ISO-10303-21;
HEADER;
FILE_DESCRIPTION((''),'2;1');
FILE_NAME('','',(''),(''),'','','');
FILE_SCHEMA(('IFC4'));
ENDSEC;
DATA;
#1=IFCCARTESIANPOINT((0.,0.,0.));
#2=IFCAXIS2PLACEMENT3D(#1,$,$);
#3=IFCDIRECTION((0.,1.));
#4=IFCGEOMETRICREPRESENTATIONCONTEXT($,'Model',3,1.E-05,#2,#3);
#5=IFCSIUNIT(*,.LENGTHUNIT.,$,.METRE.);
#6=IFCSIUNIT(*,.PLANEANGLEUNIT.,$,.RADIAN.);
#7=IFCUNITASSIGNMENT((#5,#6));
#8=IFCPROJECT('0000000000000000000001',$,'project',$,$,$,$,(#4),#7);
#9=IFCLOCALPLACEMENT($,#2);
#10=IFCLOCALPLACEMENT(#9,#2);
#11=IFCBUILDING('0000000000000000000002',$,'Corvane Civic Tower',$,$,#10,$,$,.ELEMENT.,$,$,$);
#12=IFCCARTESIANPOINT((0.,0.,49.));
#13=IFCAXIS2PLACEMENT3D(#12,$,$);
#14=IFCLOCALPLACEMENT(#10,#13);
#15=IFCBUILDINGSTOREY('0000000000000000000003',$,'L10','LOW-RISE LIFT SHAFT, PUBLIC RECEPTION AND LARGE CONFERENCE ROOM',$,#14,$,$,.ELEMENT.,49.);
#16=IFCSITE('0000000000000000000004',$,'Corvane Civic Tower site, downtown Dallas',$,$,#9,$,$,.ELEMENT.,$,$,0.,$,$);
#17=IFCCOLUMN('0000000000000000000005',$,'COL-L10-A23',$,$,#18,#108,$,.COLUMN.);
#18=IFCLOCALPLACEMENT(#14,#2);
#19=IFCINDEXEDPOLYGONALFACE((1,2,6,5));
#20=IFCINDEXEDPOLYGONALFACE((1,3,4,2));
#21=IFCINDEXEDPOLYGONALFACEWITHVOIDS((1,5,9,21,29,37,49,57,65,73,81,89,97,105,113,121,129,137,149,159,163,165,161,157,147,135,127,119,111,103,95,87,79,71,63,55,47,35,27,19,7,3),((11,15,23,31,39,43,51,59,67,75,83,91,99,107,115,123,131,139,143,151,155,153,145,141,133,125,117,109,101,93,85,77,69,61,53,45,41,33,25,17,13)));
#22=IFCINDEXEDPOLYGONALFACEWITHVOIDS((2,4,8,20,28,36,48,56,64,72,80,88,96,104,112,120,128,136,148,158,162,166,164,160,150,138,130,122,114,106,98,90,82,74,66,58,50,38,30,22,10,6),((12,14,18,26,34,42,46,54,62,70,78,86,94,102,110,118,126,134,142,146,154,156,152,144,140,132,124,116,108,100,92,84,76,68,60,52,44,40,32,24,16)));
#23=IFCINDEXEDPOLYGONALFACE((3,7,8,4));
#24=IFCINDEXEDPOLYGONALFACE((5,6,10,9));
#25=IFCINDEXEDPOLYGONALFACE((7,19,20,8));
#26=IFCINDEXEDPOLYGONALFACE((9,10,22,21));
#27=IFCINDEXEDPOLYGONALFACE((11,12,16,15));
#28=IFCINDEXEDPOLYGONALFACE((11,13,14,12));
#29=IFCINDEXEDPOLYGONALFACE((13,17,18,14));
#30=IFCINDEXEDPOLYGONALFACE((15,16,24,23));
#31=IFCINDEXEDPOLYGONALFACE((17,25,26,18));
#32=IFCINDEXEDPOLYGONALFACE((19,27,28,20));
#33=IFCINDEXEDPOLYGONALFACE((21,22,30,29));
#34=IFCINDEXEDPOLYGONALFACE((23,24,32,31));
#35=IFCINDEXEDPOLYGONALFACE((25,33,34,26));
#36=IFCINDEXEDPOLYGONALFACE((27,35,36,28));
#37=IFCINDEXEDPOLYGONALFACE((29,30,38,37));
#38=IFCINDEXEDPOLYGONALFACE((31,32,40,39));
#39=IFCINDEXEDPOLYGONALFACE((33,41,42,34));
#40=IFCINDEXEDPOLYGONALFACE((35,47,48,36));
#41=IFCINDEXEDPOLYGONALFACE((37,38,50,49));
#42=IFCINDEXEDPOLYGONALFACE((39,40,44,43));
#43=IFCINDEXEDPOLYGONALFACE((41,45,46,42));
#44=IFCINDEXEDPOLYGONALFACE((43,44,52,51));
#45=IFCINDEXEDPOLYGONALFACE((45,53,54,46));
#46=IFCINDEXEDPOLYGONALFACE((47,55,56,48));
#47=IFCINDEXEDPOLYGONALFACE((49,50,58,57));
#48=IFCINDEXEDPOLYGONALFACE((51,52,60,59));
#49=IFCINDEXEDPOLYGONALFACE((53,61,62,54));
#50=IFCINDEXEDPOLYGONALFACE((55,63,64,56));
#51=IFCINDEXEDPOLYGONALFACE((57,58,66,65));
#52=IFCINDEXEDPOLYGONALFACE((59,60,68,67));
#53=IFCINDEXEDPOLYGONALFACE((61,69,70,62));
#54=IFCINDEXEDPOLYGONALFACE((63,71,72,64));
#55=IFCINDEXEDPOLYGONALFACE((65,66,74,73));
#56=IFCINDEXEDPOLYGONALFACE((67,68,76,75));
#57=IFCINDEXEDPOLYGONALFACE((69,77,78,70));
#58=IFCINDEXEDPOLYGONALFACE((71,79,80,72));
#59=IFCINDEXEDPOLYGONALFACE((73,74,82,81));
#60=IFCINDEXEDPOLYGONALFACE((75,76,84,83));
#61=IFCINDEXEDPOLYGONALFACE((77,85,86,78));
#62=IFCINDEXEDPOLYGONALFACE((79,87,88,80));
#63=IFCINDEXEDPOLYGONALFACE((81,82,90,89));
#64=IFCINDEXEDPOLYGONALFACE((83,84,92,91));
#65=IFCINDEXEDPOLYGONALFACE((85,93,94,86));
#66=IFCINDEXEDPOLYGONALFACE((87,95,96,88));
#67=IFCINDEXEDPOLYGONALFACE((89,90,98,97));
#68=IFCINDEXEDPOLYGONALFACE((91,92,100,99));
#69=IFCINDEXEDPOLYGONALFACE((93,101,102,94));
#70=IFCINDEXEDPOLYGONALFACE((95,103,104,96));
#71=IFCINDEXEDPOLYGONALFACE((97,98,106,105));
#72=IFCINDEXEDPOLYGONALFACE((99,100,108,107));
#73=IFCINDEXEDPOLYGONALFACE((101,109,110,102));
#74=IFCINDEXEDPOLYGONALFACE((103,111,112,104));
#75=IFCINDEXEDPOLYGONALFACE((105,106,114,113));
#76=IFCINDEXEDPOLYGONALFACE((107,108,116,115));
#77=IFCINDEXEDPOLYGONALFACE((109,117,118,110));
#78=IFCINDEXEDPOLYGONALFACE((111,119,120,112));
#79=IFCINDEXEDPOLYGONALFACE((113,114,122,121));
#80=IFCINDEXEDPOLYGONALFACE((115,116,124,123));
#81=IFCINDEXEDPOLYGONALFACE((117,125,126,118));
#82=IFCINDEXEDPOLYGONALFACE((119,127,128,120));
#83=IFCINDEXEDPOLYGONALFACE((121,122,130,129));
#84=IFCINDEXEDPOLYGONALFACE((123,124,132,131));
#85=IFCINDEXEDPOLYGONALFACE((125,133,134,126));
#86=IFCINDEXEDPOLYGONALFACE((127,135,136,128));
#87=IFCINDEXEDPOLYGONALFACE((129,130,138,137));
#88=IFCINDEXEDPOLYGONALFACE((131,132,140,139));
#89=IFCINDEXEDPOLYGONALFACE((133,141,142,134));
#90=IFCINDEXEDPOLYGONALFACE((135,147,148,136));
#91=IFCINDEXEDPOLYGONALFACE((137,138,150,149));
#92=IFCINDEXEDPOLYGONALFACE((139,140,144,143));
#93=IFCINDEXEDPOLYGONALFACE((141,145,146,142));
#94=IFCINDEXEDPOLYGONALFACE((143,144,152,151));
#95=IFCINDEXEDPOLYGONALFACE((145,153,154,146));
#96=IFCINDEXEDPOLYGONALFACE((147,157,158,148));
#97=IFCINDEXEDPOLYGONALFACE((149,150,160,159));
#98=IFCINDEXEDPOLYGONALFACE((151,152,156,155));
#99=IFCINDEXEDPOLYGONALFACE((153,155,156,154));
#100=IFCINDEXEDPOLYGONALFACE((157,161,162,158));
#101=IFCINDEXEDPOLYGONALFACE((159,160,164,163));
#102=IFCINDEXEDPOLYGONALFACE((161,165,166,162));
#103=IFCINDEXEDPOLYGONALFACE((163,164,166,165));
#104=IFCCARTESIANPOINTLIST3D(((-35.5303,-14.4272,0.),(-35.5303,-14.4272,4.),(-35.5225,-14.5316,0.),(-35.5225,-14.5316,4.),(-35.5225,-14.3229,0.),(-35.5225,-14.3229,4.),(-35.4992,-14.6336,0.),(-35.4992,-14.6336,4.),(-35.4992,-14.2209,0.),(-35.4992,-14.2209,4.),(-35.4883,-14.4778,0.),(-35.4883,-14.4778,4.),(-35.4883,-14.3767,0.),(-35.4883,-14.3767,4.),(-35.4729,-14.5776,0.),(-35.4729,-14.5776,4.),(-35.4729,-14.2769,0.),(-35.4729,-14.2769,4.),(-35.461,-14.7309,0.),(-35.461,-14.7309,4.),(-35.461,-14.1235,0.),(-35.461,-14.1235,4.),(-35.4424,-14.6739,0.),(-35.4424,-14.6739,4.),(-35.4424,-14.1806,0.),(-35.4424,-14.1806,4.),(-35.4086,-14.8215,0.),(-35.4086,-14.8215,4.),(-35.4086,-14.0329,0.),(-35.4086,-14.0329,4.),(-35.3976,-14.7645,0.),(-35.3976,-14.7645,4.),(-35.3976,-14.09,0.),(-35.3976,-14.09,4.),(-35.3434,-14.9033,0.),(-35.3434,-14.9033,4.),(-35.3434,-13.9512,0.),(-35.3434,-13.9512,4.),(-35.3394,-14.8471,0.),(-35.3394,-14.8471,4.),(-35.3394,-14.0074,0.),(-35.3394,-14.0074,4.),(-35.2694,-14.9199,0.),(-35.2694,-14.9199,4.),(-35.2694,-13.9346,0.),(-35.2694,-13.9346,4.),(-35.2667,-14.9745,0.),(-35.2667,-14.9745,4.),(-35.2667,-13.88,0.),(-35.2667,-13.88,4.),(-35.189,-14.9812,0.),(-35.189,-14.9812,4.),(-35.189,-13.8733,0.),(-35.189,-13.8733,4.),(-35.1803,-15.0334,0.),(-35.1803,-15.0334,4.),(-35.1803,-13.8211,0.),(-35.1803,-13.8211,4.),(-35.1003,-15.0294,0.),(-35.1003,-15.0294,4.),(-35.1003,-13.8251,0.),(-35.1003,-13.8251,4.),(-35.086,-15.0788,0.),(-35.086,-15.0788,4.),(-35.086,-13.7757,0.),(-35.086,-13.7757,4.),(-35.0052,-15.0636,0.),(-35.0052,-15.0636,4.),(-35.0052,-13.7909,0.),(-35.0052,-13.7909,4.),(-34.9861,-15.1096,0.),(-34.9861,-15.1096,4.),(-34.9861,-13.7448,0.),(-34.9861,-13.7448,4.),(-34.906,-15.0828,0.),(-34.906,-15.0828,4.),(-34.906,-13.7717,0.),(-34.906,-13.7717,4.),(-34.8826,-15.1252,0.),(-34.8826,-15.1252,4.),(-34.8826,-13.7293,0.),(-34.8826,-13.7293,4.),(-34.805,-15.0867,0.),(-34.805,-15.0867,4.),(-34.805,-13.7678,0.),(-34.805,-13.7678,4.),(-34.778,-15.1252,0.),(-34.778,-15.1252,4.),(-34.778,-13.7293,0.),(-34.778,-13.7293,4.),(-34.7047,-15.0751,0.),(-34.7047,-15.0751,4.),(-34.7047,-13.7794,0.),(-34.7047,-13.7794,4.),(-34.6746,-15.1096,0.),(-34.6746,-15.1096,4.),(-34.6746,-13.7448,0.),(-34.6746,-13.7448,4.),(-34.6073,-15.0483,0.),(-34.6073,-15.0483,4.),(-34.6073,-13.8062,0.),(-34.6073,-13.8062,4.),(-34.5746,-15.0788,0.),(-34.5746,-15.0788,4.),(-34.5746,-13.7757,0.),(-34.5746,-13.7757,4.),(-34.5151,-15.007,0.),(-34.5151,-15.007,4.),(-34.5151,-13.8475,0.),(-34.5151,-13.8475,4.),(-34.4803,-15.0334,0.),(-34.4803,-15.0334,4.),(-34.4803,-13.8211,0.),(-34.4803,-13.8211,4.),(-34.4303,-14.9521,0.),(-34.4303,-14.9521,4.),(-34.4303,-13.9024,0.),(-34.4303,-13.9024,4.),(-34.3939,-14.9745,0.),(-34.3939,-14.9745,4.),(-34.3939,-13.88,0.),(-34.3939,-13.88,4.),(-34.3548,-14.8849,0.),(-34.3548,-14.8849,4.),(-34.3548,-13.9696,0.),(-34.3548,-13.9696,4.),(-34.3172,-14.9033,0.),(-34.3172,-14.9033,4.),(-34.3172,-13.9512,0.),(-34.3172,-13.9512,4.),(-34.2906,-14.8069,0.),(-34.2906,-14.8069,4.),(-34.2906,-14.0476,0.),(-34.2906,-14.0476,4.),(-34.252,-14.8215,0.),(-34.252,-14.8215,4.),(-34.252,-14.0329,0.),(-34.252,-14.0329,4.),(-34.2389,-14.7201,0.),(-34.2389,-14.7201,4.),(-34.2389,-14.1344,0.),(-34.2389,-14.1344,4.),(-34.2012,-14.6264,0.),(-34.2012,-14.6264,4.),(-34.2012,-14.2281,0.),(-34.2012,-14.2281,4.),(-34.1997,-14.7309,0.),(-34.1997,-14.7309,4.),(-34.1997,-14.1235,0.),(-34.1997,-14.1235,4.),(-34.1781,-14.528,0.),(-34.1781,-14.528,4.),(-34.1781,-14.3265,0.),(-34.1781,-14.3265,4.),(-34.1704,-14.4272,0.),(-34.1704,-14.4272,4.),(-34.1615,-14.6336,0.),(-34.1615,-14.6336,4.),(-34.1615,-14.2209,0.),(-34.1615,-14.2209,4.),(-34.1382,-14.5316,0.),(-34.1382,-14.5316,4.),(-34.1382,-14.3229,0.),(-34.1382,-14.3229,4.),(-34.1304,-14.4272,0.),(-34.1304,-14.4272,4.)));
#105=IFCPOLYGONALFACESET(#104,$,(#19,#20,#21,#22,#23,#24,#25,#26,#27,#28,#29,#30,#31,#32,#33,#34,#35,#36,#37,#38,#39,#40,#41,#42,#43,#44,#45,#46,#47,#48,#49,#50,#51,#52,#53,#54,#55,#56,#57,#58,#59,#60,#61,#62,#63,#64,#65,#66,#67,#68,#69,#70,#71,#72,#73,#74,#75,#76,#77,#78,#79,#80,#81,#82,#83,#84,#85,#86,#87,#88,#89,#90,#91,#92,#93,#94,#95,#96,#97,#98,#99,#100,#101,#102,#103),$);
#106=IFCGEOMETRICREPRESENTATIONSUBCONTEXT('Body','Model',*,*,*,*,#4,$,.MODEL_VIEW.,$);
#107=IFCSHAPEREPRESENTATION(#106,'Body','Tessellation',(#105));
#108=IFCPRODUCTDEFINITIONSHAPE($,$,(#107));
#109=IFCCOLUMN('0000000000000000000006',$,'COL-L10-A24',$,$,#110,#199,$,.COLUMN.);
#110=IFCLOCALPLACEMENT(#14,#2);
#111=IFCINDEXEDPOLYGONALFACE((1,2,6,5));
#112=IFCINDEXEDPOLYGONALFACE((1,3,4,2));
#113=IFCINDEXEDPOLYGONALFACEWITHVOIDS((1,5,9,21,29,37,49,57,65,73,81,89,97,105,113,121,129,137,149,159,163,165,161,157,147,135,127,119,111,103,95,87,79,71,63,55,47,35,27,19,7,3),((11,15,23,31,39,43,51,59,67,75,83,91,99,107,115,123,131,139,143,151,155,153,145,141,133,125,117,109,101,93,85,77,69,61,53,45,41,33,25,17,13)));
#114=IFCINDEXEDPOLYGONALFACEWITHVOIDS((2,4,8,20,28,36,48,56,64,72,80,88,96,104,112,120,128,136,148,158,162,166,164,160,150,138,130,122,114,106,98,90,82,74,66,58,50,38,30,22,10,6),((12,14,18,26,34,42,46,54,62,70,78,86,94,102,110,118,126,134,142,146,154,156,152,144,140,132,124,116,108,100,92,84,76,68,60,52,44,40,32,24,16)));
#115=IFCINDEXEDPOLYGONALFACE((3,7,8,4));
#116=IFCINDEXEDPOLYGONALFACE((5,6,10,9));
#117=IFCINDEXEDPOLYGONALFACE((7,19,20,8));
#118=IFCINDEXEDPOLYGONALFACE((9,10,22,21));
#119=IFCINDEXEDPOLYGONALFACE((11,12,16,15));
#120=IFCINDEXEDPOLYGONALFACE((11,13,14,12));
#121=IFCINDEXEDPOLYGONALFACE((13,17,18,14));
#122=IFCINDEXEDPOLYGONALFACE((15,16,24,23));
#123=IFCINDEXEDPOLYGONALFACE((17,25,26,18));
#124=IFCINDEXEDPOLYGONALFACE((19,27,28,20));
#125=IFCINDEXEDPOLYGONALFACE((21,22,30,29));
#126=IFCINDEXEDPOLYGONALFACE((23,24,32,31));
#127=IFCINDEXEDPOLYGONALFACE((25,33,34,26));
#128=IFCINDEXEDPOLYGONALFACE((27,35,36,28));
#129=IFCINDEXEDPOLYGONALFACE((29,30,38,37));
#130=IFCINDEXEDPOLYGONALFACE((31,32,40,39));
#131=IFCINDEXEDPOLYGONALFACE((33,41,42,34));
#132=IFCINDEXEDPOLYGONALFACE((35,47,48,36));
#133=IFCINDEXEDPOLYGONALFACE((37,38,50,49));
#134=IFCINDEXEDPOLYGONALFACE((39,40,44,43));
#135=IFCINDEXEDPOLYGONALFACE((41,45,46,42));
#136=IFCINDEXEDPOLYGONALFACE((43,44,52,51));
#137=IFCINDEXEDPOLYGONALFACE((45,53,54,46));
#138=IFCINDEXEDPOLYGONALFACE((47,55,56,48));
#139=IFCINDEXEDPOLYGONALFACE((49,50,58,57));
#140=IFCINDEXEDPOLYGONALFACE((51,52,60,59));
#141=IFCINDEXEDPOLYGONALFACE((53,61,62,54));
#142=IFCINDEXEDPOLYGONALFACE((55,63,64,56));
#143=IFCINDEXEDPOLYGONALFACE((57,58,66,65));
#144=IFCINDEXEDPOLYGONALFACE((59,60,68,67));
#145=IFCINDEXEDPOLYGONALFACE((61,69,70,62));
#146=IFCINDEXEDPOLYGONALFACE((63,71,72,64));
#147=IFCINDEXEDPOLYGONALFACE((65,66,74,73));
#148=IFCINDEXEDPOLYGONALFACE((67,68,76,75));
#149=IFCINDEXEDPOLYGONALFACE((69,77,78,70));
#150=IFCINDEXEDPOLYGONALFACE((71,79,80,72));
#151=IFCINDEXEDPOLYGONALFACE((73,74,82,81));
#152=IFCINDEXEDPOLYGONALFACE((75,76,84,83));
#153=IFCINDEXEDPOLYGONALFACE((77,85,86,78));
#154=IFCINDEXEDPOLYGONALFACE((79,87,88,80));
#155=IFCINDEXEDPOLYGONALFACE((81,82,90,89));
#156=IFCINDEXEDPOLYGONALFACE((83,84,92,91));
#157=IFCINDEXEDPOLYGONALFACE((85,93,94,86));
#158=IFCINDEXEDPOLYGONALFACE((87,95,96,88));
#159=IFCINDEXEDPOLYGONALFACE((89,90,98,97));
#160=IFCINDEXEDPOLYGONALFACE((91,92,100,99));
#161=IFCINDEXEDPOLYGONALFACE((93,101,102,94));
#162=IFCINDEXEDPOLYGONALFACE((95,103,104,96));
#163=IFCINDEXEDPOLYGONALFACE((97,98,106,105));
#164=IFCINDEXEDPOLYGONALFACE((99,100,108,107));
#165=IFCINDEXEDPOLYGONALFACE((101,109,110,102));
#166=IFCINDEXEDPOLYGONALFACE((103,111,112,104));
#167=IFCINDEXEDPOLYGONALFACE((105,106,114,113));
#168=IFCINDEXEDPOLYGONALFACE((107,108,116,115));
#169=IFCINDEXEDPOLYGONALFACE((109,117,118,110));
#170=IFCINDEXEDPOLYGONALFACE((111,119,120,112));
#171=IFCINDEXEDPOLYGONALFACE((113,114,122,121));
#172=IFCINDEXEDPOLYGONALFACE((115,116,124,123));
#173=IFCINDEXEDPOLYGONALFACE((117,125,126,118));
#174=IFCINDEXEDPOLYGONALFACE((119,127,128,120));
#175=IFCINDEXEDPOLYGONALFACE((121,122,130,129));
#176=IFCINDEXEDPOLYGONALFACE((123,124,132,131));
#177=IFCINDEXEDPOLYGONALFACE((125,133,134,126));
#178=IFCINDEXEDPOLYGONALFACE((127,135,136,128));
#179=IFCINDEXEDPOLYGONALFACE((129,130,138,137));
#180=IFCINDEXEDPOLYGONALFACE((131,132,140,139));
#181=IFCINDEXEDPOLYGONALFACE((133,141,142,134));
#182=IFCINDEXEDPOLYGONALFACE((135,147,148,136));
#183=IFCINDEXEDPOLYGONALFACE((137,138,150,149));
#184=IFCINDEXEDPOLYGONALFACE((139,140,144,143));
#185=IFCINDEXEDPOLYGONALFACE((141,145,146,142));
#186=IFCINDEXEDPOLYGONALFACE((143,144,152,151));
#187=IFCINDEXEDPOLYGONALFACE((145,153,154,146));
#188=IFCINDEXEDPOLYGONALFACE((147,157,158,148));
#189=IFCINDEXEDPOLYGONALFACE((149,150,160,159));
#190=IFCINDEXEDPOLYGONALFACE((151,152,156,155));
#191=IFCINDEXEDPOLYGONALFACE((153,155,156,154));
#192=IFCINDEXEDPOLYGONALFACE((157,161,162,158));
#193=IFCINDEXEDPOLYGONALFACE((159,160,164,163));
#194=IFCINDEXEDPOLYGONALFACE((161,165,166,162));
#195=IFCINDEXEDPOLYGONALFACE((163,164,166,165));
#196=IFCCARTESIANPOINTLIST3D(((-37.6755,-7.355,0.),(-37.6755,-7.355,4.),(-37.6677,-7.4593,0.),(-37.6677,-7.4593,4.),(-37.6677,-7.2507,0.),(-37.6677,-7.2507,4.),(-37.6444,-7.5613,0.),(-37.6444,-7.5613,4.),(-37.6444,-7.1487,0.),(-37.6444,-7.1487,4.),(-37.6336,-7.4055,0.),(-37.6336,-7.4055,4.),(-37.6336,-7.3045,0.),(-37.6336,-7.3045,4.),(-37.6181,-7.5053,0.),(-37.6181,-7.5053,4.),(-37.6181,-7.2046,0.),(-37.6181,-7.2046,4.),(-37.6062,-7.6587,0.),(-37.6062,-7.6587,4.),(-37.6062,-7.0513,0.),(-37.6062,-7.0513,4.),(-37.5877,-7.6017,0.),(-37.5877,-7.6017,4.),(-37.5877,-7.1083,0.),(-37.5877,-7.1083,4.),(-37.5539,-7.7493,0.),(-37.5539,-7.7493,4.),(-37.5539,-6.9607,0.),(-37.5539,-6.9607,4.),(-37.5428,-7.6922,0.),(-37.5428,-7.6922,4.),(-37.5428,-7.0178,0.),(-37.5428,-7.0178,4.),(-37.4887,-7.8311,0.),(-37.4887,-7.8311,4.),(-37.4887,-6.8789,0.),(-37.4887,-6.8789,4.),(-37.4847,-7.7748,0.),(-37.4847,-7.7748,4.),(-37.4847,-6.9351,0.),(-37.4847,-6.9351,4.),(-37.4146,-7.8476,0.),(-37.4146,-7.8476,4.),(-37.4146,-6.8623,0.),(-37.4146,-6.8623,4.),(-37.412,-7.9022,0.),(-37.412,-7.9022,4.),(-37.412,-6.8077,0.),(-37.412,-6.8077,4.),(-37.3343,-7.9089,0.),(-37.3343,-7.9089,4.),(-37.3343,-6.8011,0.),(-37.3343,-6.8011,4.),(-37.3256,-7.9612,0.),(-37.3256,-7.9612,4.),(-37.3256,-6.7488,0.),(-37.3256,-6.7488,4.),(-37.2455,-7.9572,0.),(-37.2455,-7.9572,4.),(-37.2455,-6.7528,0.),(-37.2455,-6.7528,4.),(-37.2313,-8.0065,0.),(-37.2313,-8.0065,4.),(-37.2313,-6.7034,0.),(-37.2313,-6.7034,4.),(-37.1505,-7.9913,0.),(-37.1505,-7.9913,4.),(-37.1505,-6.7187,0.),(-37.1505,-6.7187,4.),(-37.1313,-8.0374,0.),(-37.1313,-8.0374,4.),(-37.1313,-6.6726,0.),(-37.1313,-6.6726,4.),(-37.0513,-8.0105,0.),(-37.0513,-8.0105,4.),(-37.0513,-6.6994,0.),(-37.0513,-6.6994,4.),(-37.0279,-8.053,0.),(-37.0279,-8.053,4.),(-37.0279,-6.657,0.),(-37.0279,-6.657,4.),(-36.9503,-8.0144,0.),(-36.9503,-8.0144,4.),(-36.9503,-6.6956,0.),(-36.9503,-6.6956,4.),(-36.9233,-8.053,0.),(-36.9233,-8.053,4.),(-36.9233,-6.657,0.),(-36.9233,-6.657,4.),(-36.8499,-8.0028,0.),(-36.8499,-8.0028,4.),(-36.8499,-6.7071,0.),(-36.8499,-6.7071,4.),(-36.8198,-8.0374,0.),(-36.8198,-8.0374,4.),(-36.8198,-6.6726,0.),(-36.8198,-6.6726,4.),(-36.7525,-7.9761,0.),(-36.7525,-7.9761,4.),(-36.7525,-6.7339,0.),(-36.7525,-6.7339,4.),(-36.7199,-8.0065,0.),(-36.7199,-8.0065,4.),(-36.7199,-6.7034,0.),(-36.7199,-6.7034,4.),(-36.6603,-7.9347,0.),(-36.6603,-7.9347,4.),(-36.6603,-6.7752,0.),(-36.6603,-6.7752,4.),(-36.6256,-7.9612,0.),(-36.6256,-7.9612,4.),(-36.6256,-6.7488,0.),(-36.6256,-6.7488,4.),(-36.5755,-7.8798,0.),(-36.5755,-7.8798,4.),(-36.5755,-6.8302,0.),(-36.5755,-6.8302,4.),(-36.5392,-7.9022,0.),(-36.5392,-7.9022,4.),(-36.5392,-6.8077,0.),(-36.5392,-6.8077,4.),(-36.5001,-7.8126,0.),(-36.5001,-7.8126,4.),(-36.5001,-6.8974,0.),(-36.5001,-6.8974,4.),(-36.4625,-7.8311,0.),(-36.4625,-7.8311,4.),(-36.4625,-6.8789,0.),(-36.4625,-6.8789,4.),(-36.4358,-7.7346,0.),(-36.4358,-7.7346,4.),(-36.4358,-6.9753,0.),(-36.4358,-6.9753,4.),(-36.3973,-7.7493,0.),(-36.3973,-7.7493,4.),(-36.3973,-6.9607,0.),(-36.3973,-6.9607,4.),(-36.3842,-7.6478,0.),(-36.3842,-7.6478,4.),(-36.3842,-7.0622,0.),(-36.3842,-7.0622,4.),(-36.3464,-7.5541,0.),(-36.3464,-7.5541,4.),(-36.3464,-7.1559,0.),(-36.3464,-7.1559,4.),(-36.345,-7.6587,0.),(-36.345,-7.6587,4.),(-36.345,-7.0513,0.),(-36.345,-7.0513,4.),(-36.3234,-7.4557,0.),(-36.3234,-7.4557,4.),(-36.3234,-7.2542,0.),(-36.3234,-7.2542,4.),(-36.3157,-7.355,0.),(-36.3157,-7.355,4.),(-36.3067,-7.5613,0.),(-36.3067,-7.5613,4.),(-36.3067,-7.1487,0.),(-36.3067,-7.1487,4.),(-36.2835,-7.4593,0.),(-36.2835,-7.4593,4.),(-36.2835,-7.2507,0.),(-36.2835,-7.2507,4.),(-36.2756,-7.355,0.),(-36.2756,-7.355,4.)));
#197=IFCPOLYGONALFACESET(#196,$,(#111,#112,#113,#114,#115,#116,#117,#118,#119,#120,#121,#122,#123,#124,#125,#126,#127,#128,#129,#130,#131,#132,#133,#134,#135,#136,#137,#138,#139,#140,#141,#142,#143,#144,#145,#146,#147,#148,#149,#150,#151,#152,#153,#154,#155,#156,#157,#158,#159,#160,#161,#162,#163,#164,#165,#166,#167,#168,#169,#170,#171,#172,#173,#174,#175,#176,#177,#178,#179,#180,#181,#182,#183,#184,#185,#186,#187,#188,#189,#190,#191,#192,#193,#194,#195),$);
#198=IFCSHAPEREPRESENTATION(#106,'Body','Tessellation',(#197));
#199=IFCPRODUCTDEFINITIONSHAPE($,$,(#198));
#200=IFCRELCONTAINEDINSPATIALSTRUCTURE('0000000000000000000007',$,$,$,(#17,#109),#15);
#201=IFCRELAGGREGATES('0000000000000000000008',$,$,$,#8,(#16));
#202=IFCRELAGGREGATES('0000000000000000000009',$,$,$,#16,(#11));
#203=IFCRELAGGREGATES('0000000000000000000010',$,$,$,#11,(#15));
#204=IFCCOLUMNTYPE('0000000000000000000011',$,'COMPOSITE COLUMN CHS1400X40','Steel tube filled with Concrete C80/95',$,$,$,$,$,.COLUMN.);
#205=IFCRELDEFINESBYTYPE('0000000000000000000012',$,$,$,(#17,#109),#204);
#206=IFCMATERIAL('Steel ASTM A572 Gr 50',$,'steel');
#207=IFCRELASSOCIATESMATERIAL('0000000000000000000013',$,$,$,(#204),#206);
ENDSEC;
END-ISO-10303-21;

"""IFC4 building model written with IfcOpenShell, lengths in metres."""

from ifc_helpers import new_model, si_unit, direction, frame, origin, origin_2d, place, context, subcontext, project, spatial, hollow_circle, extrude, material, material_profile, profile_set, type_object, element, save


model = new_model("IFC4")

# Units and contexts
model_context = context("Model", 3, precision=1e-05, world=origin(), true_north=direction((0.0, 1.0)))
body_context = subcontext(model_context, "Body", "Model", "MODEL_VIEW")
ifc_project = project(units=[si_unit("LENGTHUNIT", "METRE"), si_unit("PLANEANGLEUNIT", "RADIAN")], contexts=[model_context])

# Site, building, storey
site_placement = place(None, origin())
site = spatial("IfcSite", under=ifc_project, at=site_placement, Name="Corvane Civic Tower site, downtown Dallas", CompositionType="ELEMENT", RefElevation=0.0)
building_placement = place(site_placement, origin())
building = spatial("IfcBuilding", under=site, at=building_placement, Name="Corvane Civic Tower", CompositionType="ELEMENT")
storey_placement = place(building_placement, frame((0.0, 0.0, 49.0)))
storey = spatial("IfcBuildingStorey", under=building, at=storey_placement, Name="L10", Description="LOW-RISE LIFT SHAFT, PUBLIC RECEPTION AND LARGE CONFERENCE ROOM", CompositionType="ELEMENT", Elevation=49.0)

# Columns
ifc_material_1 = material(Name="Steel ASTM A572 Gr 50", Category="steel")
ifc_material_profile_1 = material_profile(ifc_material_1, hollow_circle(Radius=0.7, WallThickness=0.04, at=origin_2d()), Name="CHS1400X40")
ifc_profile_set_1 = profile_set([ifc_material_profile_1], Name="Steel ASTM A572 Gr 50")
column_type = type_object("IfcColumnType", Name="COMPOSITE COLUMN CHS1400X40", Description="Steel tube filled with Concrete C80/95", PredefinedType="COLUMN", material=ifc_profile_set_1)
for number, where, z_axis, x_axis, name in (
    (1, (-34.8303, -14.4272, 0.0), (0.0, 0.0, 1.0), (1.0, 0.0, 0.0), "COL-L10-A23"),
    (2, (-36.9756, -7.355, 0.0), (0.0, 0.0, 1.0), (1.0, 0.0, 0.0), "COL-L10-A24"),
):
    element("IfcColumn", number, at=place(storey_placement, frame(where, z_axis=z_axis, x_axis=x_axis)), inside=storey, type_object=column_type, Name=name, PredefinedType="COLUMN", context=body_context, shape_type="SweptSolid", body=[
        extrude(hollow_circle(Radius=0.7, WallThickness=0.04, at=origin_2d()), origin(), (0.0, 0.0, 1.0), 4.0),
    ])

save(model, "model.ifc")
